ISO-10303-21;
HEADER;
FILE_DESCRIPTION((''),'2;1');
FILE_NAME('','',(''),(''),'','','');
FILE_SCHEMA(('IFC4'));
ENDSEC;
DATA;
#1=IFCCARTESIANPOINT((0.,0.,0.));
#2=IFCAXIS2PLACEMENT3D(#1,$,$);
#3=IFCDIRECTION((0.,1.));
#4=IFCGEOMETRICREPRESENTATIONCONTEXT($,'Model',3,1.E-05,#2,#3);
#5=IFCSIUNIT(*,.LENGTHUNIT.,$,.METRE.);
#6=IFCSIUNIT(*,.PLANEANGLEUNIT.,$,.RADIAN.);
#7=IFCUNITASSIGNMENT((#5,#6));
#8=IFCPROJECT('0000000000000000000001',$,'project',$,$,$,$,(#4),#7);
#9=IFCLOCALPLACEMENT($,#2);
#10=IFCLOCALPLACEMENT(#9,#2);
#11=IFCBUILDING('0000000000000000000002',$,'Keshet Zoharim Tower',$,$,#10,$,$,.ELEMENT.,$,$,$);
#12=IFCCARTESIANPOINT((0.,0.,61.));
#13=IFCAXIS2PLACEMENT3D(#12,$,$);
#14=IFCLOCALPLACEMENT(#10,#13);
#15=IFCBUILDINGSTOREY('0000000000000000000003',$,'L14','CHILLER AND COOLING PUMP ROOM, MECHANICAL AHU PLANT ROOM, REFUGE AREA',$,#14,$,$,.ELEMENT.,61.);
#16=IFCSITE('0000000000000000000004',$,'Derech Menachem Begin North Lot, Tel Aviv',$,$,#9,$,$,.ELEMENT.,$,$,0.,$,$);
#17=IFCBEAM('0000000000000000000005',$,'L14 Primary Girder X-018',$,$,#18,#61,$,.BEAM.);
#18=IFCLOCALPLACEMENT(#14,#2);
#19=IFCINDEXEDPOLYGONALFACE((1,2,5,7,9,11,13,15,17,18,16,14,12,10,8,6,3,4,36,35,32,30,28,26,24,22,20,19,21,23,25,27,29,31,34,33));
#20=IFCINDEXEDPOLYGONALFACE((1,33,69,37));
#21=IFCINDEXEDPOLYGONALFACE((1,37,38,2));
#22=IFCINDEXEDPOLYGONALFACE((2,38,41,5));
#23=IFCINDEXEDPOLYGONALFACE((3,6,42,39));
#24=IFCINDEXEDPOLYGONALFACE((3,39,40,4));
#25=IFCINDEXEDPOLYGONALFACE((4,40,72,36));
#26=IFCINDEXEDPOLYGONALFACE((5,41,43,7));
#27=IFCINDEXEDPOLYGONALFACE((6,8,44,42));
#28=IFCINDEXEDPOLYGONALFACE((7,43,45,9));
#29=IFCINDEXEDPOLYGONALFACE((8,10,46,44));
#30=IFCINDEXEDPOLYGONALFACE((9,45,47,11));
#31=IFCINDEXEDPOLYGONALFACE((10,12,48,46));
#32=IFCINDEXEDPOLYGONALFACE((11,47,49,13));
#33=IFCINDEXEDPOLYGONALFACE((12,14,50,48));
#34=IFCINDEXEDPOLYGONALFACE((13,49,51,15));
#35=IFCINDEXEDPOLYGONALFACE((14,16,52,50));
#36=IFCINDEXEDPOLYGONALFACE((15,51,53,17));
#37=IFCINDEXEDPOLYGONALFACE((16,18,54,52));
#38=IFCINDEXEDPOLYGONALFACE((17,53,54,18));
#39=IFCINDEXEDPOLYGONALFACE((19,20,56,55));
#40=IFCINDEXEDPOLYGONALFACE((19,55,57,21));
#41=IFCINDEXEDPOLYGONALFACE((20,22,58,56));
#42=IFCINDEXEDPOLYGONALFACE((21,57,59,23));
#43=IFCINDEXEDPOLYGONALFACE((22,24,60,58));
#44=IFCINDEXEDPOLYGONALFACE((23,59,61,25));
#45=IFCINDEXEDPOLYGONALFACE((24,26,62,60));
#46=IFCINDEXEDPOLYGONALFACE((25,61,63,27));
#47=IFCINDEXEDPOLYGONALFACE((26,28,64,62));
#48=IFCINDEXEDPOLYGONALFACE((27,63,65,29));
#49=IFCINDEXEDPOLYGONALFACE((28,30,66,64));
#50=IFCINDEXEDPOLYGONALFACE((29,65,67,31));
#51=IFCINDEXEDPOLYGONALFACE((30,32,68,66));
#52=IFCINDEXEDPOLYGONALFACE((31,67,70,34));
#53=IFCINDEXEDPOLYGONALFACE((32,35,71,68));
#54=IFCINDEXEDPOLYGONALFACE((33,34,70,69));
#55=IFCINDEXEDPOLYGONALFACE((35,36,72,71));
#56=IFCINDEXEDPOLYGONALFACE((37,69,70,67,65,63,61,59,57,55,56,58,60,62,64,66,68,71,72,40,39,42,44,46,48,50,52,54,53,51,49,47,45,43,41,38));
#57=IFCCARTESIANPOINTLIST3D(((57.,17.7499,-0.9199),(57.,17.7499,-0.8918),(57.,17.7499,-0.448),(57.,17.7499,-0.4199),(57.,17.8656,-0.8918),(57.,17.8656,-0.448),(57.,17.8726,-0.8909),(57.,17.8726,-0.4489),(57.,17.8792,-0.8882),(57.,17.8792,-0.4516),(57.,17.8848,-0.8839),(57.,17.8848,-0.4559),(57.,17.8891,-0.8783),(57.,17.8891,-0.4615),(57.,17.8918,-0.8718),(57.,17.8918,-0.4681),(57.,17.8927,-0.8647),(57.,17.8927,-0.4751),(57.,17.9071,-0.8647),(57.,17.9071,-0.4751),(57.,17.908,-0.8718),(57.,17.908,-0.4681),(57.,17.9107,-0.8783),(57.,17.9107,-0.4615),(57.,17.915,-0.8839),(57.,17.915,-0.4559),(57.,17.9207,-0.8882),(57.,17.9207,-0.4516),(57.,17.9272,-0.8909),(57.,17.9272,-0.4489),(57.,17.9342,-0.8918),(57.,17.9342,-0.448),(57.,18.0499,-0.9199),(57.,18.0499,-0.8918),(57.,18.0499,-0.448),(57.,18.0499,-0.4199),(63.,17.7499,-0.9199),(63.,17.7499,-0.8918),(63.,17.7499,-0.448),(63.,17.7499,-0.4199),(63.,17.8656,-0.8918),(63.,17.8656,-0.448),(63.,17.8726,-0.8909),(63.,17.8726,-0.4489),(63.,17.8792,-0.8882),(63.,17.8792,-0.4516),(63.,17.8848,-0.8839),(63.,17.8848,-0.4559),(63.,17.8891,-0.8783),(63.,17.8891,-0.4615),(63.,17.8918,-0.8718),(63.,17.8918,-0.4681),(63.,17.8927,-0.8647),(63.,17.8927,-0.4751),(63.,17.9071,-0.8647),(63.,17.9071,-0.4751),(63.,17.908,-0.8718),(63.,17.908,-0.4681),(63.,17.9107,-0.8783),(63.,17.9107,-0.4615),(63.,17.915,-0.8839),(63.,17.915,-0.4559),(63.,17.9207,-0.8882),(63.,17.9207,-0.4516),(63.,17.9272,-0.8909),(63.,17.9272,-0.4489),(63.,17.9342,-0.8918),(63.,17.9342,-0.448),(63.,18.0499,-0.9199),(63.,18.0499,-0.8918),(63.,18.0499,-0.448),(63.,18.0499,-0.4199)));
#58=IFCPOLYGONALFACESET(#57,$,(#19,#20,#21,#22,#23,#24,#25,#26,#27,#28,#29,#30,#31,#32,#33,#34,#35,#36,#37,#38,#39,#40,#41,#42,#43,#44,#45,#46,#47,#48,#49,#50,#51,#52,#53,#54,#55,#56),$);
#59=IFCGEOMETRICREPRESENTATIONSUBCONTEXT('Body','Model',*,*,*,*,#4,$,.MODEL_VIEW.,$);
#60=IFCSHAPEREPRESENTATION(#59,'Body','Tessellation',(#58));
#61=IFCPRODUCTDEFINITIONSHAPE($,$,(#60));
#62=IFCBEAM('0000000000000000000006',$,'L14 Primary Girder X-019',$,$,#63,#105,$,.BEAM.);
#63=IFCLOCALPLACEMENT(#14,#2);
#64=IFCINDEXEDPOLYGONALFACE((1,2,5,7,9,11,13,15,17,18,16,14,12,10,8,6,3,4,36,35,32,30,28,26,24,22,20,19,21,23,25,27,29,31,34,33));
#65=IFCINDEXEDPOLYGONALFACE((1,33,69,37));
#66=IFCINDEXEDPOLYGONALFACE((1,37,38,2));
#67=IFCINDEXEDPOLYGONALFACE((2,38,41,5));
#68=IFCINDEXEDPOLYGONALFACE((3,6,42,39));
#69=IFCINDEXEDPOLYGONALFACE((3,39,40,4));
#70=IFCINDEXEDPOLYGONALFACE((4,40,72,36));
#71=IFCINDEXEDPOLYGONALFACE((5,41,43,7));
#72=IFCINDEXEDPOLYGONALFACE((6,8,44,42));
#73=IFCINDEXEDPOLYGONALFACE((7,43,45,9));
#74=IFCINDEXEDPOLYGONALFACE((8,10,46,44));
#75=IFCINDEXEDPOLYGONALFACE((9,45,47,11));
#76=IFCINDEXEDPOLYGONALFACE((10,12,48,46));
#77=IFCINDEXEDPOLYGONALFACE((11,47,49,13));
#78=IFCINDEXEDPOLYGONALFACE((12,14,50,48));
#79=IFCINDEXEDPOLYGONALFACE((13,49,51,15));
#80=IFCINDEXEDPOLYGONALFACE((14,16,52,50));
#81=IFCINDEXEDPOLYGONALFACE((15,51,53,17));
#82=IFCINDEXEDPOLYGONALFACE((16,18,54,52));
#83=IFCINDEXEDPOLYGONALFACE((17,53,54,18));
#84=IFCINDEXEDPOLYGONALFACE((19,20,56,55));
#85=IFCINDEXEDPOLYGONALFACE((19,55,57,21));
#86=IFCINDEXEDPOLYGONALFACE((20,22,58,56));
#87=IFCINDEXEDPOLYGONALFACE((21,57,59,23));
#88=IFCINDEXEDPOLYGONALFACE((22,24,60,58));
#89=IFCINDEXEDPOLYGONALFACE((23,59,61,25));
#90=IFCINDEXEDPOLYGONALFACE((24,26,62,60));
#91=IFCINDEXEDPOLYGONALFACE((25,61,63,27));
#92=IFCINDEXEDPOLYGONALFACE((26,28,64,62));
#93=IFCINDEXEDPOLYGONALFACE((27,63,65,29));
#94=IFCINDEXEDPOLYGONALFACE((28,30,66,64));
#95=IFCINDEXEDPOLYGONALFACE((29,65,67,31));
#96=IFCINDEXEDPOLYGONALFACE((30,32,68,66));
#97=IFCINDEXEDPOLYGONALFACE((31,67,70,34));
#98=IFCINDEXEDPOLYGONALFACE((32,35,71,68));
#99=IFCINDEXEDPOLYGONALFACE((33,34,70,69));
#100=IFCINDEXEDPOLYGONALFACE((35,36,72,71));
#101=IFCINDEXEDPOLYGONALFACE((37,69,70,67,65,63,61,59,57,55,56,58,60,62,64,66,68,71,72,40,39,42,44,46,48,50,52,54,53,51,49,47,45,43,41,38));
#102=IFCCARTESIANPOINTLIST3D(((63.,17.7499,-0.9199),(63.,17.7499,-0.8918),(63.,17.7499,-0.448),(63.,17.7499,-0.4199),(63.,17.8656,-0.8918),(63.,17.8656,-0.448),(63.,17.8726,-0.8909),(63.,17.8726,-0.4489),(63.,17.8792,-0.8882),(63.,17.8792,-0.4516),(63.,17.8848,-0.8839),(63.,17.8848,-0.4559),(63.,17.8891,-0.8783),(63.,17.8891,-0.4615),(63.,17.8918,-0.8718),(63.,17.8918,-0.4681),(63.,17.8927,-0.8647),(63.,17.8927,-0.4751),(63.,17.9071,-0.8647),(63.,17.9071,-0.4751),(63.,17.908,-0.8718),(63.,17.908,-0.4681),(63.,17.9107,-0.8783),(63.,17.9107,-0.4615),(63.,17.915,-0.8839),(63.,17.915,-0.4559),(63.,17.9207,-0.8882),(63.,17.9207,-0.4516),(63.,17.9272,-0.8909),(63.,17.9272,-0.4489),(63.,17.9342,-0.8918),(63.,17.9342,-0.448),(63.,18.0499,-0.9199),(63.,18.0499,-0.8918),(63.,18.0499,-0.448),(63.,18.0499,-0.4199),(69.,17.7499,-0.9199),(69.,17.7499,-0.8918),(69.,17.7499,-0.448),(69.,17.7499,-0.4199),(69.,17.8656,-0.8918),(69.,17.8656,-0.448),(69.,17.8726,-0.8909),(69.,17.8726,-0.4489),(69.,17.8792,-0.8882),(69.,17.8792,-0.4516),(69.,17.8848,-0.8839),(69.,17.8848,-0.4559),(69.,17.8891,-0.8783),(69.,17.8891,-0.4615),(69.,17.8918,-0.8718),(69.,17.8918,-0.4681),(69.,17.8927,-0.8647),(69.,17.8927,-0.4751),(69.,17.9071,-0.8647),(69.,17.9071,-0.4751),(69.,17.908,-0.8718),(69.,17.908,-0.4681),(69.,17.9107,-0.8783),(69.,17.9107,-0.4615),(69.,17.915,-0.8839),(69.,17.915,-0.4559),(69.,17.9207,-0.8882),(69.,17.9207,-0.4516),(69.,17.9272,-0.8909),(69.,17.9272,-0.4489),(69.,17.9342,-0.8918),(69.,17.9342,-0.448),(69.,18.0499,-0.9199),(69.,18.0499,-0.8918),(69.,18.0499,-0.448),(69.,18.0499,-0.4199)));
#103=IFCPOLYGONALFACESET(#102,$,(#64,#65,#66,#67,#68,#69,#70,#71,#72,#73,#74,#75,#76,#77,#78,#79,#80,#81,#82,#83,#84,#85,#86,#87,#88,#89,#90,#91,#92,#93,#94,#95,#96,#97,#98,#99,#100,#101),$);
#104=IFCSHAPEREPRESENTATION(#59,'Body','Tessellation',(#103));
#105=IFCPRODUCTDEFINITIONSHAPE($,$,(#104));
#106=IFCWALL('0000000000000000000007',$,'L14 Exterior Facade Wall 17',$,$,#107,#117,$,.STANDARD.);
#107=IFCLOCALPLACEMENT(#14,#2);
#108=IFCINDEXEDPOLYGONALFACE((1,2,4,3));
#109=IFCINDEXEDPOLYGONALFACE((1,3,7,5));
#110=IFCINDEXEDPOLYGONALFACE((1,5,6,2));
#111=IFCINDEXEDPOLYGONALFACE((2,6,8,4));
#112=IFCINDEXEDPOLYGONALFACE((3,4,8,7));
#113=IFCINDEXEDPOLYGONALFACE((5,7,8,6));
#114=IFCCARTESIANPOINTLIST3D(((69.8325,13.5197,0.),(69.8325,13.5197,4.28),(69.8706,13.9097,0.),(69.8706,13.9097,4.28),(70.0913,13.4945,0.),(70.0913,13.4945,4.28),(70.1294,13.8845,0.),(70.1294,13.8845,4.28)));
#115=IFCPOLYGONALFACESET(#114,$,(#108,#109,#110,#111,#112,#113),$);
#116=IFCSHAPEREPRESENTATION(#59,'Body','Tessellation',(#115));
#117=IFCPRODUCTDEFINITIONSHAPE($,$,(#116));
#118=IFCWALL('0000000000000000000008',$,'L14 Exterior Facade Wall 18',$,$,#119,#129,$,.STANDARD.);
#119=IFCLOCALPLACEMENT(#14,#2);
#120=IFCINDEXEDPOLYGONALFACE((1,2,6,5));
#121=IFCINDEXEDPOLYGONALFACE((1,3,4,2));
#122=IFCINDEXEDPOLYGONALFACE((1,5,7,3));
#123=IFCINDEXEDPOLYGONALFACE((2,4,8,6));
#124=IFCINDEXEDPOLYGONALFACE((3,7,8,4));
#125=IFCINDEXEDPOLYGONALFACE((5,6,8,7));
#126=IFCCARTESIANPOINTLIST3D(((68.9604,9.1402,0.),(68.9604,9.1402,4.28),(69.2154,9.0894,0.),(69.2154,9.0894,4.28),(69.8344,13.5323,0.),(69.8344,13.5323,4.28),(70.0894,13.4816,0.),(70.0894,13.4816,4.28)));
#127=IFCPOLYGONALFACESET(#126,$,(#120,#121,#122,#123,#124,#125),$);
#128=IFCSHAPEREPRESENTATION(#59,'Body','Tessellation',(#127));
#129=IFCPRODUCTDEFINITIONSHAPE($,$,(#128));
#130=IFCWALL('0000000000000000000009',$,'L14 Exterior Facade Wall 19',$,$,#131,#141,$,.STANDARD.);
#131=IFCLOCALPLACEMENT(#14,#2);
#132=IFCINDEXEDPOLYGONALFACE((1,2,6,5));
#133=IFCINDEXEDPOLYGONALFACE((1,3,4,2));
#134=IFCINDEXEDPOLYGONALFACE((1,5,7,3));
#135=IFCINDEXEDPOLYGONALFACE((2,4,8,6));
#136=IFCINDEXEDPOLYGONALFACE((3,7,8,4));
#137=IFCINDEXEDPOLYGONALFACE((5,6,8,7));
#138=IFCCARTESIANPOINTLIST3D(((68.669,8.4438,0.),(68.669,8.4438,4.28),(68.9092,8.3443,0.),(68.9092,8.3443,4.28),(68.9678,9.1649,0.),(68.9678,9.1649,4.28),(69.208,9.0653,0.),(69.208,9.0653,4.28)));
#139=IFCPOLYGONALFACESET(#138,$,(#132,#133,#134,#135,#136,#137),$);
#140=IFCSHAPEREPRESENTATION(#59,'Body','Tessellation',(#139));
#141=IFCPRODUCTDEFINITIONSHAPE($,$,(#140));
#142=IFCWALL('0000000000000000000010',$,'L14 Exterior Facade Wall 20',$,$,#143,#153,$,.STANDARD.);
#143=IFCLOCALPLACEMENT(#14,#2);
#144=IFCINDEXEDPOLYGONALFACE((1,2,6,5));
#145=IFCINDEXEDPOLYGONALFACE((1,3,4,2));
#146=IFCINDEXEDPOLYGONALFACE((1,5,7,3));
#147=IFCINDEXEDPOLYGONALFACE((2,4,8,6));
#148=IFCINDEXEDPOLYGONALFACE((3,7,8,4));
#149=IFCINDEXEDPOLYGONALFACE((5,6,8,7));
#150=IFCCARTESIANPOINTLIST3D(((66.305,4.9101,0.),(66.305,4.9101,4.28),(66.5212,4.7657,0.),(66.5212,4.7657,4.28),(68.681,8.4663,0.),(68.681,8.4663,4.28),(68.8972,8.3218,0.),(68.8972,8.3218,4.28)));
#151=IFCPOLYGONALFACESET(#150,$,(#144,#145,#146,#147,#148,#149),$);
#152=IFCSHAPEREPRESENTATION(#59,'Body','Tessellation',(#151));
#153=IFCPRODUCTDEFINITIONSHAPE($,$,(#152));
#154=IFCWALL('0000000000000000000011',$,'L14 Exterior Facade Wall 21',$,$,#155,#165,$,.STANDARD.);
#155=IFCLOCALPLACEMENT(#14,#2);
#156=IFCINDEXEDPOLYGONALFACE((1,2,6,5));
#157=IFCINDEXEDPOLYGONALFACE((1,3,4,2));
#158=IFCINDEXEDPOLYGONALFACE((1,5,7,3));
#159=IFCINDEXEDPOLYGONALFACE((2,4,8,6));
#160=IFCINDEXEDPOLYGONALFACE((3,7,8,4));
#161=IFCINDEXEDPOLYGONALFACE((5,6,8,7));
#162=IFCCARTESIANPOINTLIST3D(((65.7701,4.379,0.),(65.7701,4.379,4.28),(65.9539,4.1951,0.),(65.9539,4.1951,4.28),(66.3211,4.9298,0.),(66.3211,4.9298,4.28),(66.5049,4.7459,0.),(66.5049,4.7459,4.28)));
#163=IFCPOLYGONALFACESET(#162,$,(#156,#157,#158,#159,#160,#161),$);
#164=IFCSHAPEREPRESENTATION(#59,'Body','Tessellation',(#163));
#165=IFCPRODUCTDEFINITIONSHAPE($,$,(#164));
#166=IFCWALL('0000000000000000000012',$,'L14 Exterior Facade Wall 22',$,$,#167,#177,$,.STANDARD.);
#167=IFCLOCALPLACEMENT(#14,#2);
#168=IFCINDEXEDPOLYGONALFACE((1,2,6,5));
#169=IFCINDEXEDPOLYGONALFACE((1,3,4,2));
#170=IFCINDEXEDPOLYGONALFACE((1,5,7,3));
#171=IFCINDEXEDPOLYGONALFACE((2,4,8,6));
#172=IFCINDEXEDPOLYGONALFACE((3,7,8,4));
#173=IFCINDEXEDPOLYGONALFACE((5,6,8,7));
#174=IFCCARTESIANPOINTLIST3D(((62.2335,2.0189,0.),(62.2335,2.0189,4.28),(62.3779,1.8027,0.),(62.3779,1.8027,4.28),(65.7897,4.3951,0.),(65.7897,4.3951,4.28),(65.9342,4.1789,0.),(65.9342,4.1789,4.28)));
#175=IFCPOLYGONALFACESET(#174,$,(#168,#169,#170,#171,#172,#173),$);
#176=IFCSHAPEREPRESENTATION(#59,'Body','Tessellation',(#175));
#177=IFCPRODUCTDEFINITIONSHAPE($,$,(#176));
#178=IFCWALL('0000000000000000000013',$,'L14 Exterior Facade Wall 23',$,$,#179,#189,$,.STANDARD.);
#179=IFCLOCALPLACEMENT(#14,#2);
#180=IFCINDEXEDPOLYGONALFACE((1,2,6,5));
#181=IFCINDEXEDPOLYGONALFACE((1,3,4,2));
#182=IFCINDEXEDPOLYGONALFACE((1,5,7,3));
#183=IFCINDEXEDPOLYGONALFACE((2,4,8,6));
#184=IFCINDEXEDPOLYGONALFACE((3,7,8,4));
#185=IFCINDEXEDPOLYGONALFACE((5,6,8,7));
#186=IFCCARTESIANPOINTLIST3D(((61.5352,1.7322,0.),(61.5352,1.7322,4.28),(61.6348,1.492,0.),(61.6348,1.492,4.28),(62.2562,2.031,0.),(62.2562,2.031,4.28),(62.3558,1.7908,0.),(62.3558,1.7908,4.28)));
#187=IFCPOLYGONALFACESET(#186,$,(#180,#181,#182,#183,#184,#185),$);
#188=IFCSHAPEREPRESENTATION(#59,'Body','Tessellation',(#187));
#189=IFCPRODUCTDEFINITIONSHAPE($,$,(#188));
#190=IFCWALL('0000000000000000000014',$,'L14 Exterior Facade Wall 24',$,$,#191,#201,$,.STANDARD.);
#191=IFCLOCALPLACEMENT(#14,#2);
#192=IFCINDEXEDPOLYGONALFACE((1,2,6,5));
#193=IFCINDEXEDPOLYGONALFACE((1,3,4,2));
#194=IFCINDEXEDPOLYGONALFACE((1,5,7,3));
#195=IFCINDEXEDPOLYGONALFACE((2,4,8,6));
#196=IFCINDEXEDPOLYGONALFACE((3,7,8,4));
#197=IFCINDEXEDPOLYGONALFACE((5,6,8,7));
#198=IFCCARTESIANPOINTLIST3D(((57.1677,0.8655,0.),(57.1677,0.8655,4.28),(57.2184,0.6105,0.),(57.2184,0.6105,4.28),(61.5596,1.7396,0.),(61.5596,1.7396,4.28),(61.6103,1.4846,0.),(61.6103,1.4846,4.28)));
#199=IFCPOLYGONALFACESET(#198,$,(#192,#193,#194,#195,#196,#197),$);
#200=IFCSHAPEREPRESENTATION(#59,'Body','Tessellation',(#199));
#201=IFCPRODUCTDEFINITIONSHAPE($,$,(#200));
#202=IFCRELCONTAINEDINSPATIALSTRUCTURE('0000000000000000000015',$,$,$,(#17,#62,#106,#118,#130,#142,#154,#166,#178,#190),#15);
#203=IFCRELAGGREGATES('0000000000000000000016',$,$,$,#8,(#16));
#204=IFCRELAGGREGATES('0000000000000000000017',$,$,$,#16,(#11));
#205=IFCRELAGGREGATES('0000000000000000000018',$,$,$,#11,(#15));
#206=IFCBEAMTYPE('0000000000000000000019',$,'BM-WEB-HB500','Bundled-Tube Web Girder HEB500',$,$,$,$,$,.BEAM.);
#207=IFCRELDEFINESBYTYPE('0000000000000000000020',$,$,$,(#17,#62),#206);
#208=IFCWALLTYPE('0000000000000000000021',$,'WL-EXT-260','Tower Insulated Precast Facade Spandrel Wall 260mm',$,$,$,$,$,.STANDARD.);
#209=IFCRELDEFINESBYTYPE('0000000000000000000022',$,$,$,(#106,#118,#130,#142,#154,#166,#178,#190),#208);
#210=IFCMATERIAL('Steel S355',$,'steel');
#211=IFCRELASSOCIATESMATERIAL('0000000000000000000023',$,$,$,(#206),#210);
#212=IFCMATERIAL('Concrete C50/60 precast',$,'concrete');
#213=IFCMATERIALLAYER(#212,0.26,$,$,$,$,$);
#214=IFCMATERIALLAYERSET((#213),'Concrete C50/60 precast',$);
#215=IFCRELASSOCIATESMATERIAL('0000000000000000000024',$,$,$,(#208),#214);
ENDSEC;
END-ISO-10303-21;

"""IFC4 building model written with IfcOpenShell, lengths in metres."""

from ifc_helpers import new_model, si_unit, direction, frame, frame_2d, origin, origin_2d, place, context, subcontext, project, spatial, rectangle, i_section, extrude, material, layer, layer_set, material_profile, profile_set, type_object, element, save


model = new_model("IFC4")

# Units and contexts
model_context = context("Model", 3, precision=1e-05, world=origin(), true_north=direction((0.0, 1.0)))
body_context = subcontext(model_context, "Body", "Model", "MODEL_VIEW")
ifc_project = project(units=[si_unit("LENGTHUNIT", "METRE"), si_unit("PLANEANGLEUNIT", "RADIAN")], contexts=[model_context])

# Site, building, storey
site_placement = place(None, origin())
site = spatial("IfcSite", under=ifc_project, at=site_placement, Name="Derech Menachem Begin North Lot, Tel Aviv", CompositionType="ELEMENT", RefElevation=0.0)
building_placement = place(site_placement, origin())
building = spatial("IfcBuilding", under=site, at=building_placement, Name="Keshet Zoharim Tower", CompositionType="ELEMENT")
storey_placement = place(building_placement, frame((0.0, 0.0, 61.0)))
storey = spatial("IfcBuildingStorey", under=building, at=storey_placement, Name="L14", Description="CHILLER AND COOLING PUMP ROOM, MECHANICAL AHU PLANT ROOM, REFUGE AREA", CompositionType="ELEMENT", Elevation=61.0)

# Shared definitions
ifc_material_1 = material(Name="Steel S355", Category="steel")

# Beams
ifc_material_profile_1 = material_profile(ifc_material_1, i_section(OverallWidth=0.3, OverallDepth=0.5, WebThickness=0.0144, FlangeThickness=0.0281, FilletRadius=0.0271, at=origin_2d()), Name="HEB500")
ifc_profile_set_1 = profile_set([ifc_material_profile_1], Name="Steel S355")
beam_type_1 = type_object("IfcBeamType", Name="BM-WEB-HB500", Description="Bundled-Tube Web Girder HEB500", PredefinedType="BEAM", material=ifc_profile_set_1)
for number, where, z_axis, x_axis, name in (
    (1, (57.0, 17.8999, -0.6699), (1.0, 0.0, 0.0), (0.0, 1.0, 0.0), "L14 Primary Girder X-018"),
    (2, (63.0, 17.8999, -0.6699), (1.0, 0.0, 0.0), (0.0, 1.0, 0.0), "L14 Primary Girder X-019"),
):
    element("IfcBeam", number, at=place(storey_placement, frame(where, z_axis=z_axis, x_axis=x_axis)), inside=storey, type_object=beam_type_1, Name=name, PredefinedType="BEAM", context=body_context, shape_type="SweptSolid", body=[
        extrude(i_section(OverallWidth=0.3, OverallDepth=0.5, WebThickness=0.0144, FlangeThickness=0.0281, FilletRadius=0.0271, at=origin_2d()), origin(), (0.0, 0.0, 1.0), 6.0),
    ])

# Walls
ifc_material_2 = material(Name="Concrete C50/60 precast", Category="concrete")
ifc_layer = layer(ifc_material_2, 0.26)
ifc_layer_set = layer_set([ifc_layer], Name="Concrete C50/60 precast")
wall_type = type_object("IfcWallType", Name="WL-EXT-260", Description="Tower Insulated Precast Facade Spandrel Wall 260mm", PredefinedType="STANDARD", material=ifc_layer_set)
wall_1_placement = place(storey_placement, frame((70.0, 13.897, 0.0), z_axis=(0.0, 0.0, 1.0), x_axis=(-0.09722, -0.995263, 0.0)))
element("IfcWall", 3, at=wall_1_placement, inside=storey, type_object=wall_type, Name="L14 Exterior Facade Wall 17", PredefinedType="STANDARD", context=body_context, shape_type="SweptSolid", body=[
    extrude(rectangle(XDim=0.3918, YDim=0.26, at=frame_2d((0.1958, 0.0))), origin(), (0.0, 0.0, 1.0), 4.28),
])
wall_2_placement = place(storey_placement, frame((69.9619, 13.5071, 0.0), z_axis=(0.0, 0.0, 1.0), x_axis=(-0.195172, -0.980769, 0.0)))
element("IfcWall", 4, at=wall_2_placement, inside=storey, type_object=wall_type, Name="L14 Exterior Facade Wall 18", PredefinedType="STANDARD", context=body_context, shape_type="SweptSolid", body=[
    extrude(rectangle(XDim=4.4783, YDim=0.26, at=frame_2d((2.2393, 0.0))), origin(), (0.0, 0.0, 1.0), 4.28),
])
wall_3_placement = place(storey_placement, frame((69.0879, 9.115, 0.0), z_axis=(0.0, 0.0, 1.0), x_axis=(-0.382904, -0.923788, 0.0)))
element("IfcWall", 5, at=wall_3_placement, inside=storey, type_object=wall_type, Name="L14 Exterior Facade Wall 19", PredefinedType="STANDARD", context=body_context, shape_type="SweptSolid", body=[
    extrude(rectangle(XDim=0.7805, YDim=0.26, at=frame_2d((0.3901, 0.0))), origin(), (0.0, 0.0, 1.0), 4.28),
])
wall_4_placement = place(storey_placement, frame((68.7891, 8.394, 0.0), z_axis=(0.0, 0.0, 1.0), x_axis=(-0.555543, -0.831488, 0.0)))
element("IfcWall", 6, at=wall_4_placement, inside=storey, type_object=wall_type, Name="L14 Exterior Facade Wall 20", PredefinedType="STANDARD", context=body_context, shape_type="SweptSolid", body=[
    extrude(rectangle(XDim=4.2769, YDim=0.26, at=frame_2d((2.1384, 0.0))), origin(), (0.0, 0.0, 1.0), 4.28),
])
wall_5_placement = place(storey_placement, frame((66.4131, 4.8379, 0.0), z_axis=(0.0, 0.0, 1.0), x_axis=(-0.707263, -0.70695, 0.0)))
element("IfcWall", 7, at=wall_5_placement, inside=storey, type_object=wall_type, Name="L14 Exterior Facade Wall 21", PredefinedType="STANDARD", context=body_context, shape_type="SweptSolid", body=[
    extrude(rectangle(XDim=0.7791, YDim=0.26, at=frame_2d((0.3896, 0.0))), origin(), (0.0, 0.0, 1.0), 4.28),
])
wall_6_placement = place(storey_placement, frame((65.8621, 4.2871, 0.0), z_axis=(0.0, 0.0, 1.0), x_axis=(-0.831461, -0.555582, 0.0)))
element("IfcWall", 8, at=wall_6_placement, inside=storey, type_object=wall_type, Name="L14 Exterior Facade Wall 22", PredefinedType="STANDARD", context=body_context, shape_type="SweptSolid", body=[
    extrude(rectangle(XDim=4.2771, YDim=0.26, at=frame_2d((2.1387, 0.0))), origin(), (0.0, 0.0, 1.0), 4.28),
])
wall_7_placement = place(storey_placement, frame((62.3059, 1.9109, 0.0), z_axis=(0.0, 0.0, 1.0), x_axis=(-0.923788, -0.382904, 0.0)))
element("IfcWall", 9, at=wall_7_placement, inside=storey, type_object=wall_type, Name="L14 Exterior Facade Wall 23", PredefinedType="STANDARD", context=body_context, shape_type="SweptSolid", body=[
    extrude(rectangle(XDim=0.7805, YDim=0.26, at=frame_2d((0.3901, 0.0))), origin(), (0.0, 0.0, 1.0), 4.28),
])
wall_8_placement = place(storey_placement, frame((61.585, 1.6121, 0.0), z_axis=(0.0, 0.0, 1.0), x_axis=(-0.980767, -0.195183, 0.0)))
element("IfcWall", 10, at=wall_8_placement, inside=storey, type_object=wall_type, Name="L14 Exterior Facade Wall 24", PredefinedType="STANDARD", context=body_context, shape_type="SweptSolid", body=[
    extrude(rectangle(XDim=4.478, YDim=0.26, at=frame_2d((2.239, 0.0))), origin(), (0.0, 0.0, 1.0), 4.28),
])

save(model, "model.ifc")
